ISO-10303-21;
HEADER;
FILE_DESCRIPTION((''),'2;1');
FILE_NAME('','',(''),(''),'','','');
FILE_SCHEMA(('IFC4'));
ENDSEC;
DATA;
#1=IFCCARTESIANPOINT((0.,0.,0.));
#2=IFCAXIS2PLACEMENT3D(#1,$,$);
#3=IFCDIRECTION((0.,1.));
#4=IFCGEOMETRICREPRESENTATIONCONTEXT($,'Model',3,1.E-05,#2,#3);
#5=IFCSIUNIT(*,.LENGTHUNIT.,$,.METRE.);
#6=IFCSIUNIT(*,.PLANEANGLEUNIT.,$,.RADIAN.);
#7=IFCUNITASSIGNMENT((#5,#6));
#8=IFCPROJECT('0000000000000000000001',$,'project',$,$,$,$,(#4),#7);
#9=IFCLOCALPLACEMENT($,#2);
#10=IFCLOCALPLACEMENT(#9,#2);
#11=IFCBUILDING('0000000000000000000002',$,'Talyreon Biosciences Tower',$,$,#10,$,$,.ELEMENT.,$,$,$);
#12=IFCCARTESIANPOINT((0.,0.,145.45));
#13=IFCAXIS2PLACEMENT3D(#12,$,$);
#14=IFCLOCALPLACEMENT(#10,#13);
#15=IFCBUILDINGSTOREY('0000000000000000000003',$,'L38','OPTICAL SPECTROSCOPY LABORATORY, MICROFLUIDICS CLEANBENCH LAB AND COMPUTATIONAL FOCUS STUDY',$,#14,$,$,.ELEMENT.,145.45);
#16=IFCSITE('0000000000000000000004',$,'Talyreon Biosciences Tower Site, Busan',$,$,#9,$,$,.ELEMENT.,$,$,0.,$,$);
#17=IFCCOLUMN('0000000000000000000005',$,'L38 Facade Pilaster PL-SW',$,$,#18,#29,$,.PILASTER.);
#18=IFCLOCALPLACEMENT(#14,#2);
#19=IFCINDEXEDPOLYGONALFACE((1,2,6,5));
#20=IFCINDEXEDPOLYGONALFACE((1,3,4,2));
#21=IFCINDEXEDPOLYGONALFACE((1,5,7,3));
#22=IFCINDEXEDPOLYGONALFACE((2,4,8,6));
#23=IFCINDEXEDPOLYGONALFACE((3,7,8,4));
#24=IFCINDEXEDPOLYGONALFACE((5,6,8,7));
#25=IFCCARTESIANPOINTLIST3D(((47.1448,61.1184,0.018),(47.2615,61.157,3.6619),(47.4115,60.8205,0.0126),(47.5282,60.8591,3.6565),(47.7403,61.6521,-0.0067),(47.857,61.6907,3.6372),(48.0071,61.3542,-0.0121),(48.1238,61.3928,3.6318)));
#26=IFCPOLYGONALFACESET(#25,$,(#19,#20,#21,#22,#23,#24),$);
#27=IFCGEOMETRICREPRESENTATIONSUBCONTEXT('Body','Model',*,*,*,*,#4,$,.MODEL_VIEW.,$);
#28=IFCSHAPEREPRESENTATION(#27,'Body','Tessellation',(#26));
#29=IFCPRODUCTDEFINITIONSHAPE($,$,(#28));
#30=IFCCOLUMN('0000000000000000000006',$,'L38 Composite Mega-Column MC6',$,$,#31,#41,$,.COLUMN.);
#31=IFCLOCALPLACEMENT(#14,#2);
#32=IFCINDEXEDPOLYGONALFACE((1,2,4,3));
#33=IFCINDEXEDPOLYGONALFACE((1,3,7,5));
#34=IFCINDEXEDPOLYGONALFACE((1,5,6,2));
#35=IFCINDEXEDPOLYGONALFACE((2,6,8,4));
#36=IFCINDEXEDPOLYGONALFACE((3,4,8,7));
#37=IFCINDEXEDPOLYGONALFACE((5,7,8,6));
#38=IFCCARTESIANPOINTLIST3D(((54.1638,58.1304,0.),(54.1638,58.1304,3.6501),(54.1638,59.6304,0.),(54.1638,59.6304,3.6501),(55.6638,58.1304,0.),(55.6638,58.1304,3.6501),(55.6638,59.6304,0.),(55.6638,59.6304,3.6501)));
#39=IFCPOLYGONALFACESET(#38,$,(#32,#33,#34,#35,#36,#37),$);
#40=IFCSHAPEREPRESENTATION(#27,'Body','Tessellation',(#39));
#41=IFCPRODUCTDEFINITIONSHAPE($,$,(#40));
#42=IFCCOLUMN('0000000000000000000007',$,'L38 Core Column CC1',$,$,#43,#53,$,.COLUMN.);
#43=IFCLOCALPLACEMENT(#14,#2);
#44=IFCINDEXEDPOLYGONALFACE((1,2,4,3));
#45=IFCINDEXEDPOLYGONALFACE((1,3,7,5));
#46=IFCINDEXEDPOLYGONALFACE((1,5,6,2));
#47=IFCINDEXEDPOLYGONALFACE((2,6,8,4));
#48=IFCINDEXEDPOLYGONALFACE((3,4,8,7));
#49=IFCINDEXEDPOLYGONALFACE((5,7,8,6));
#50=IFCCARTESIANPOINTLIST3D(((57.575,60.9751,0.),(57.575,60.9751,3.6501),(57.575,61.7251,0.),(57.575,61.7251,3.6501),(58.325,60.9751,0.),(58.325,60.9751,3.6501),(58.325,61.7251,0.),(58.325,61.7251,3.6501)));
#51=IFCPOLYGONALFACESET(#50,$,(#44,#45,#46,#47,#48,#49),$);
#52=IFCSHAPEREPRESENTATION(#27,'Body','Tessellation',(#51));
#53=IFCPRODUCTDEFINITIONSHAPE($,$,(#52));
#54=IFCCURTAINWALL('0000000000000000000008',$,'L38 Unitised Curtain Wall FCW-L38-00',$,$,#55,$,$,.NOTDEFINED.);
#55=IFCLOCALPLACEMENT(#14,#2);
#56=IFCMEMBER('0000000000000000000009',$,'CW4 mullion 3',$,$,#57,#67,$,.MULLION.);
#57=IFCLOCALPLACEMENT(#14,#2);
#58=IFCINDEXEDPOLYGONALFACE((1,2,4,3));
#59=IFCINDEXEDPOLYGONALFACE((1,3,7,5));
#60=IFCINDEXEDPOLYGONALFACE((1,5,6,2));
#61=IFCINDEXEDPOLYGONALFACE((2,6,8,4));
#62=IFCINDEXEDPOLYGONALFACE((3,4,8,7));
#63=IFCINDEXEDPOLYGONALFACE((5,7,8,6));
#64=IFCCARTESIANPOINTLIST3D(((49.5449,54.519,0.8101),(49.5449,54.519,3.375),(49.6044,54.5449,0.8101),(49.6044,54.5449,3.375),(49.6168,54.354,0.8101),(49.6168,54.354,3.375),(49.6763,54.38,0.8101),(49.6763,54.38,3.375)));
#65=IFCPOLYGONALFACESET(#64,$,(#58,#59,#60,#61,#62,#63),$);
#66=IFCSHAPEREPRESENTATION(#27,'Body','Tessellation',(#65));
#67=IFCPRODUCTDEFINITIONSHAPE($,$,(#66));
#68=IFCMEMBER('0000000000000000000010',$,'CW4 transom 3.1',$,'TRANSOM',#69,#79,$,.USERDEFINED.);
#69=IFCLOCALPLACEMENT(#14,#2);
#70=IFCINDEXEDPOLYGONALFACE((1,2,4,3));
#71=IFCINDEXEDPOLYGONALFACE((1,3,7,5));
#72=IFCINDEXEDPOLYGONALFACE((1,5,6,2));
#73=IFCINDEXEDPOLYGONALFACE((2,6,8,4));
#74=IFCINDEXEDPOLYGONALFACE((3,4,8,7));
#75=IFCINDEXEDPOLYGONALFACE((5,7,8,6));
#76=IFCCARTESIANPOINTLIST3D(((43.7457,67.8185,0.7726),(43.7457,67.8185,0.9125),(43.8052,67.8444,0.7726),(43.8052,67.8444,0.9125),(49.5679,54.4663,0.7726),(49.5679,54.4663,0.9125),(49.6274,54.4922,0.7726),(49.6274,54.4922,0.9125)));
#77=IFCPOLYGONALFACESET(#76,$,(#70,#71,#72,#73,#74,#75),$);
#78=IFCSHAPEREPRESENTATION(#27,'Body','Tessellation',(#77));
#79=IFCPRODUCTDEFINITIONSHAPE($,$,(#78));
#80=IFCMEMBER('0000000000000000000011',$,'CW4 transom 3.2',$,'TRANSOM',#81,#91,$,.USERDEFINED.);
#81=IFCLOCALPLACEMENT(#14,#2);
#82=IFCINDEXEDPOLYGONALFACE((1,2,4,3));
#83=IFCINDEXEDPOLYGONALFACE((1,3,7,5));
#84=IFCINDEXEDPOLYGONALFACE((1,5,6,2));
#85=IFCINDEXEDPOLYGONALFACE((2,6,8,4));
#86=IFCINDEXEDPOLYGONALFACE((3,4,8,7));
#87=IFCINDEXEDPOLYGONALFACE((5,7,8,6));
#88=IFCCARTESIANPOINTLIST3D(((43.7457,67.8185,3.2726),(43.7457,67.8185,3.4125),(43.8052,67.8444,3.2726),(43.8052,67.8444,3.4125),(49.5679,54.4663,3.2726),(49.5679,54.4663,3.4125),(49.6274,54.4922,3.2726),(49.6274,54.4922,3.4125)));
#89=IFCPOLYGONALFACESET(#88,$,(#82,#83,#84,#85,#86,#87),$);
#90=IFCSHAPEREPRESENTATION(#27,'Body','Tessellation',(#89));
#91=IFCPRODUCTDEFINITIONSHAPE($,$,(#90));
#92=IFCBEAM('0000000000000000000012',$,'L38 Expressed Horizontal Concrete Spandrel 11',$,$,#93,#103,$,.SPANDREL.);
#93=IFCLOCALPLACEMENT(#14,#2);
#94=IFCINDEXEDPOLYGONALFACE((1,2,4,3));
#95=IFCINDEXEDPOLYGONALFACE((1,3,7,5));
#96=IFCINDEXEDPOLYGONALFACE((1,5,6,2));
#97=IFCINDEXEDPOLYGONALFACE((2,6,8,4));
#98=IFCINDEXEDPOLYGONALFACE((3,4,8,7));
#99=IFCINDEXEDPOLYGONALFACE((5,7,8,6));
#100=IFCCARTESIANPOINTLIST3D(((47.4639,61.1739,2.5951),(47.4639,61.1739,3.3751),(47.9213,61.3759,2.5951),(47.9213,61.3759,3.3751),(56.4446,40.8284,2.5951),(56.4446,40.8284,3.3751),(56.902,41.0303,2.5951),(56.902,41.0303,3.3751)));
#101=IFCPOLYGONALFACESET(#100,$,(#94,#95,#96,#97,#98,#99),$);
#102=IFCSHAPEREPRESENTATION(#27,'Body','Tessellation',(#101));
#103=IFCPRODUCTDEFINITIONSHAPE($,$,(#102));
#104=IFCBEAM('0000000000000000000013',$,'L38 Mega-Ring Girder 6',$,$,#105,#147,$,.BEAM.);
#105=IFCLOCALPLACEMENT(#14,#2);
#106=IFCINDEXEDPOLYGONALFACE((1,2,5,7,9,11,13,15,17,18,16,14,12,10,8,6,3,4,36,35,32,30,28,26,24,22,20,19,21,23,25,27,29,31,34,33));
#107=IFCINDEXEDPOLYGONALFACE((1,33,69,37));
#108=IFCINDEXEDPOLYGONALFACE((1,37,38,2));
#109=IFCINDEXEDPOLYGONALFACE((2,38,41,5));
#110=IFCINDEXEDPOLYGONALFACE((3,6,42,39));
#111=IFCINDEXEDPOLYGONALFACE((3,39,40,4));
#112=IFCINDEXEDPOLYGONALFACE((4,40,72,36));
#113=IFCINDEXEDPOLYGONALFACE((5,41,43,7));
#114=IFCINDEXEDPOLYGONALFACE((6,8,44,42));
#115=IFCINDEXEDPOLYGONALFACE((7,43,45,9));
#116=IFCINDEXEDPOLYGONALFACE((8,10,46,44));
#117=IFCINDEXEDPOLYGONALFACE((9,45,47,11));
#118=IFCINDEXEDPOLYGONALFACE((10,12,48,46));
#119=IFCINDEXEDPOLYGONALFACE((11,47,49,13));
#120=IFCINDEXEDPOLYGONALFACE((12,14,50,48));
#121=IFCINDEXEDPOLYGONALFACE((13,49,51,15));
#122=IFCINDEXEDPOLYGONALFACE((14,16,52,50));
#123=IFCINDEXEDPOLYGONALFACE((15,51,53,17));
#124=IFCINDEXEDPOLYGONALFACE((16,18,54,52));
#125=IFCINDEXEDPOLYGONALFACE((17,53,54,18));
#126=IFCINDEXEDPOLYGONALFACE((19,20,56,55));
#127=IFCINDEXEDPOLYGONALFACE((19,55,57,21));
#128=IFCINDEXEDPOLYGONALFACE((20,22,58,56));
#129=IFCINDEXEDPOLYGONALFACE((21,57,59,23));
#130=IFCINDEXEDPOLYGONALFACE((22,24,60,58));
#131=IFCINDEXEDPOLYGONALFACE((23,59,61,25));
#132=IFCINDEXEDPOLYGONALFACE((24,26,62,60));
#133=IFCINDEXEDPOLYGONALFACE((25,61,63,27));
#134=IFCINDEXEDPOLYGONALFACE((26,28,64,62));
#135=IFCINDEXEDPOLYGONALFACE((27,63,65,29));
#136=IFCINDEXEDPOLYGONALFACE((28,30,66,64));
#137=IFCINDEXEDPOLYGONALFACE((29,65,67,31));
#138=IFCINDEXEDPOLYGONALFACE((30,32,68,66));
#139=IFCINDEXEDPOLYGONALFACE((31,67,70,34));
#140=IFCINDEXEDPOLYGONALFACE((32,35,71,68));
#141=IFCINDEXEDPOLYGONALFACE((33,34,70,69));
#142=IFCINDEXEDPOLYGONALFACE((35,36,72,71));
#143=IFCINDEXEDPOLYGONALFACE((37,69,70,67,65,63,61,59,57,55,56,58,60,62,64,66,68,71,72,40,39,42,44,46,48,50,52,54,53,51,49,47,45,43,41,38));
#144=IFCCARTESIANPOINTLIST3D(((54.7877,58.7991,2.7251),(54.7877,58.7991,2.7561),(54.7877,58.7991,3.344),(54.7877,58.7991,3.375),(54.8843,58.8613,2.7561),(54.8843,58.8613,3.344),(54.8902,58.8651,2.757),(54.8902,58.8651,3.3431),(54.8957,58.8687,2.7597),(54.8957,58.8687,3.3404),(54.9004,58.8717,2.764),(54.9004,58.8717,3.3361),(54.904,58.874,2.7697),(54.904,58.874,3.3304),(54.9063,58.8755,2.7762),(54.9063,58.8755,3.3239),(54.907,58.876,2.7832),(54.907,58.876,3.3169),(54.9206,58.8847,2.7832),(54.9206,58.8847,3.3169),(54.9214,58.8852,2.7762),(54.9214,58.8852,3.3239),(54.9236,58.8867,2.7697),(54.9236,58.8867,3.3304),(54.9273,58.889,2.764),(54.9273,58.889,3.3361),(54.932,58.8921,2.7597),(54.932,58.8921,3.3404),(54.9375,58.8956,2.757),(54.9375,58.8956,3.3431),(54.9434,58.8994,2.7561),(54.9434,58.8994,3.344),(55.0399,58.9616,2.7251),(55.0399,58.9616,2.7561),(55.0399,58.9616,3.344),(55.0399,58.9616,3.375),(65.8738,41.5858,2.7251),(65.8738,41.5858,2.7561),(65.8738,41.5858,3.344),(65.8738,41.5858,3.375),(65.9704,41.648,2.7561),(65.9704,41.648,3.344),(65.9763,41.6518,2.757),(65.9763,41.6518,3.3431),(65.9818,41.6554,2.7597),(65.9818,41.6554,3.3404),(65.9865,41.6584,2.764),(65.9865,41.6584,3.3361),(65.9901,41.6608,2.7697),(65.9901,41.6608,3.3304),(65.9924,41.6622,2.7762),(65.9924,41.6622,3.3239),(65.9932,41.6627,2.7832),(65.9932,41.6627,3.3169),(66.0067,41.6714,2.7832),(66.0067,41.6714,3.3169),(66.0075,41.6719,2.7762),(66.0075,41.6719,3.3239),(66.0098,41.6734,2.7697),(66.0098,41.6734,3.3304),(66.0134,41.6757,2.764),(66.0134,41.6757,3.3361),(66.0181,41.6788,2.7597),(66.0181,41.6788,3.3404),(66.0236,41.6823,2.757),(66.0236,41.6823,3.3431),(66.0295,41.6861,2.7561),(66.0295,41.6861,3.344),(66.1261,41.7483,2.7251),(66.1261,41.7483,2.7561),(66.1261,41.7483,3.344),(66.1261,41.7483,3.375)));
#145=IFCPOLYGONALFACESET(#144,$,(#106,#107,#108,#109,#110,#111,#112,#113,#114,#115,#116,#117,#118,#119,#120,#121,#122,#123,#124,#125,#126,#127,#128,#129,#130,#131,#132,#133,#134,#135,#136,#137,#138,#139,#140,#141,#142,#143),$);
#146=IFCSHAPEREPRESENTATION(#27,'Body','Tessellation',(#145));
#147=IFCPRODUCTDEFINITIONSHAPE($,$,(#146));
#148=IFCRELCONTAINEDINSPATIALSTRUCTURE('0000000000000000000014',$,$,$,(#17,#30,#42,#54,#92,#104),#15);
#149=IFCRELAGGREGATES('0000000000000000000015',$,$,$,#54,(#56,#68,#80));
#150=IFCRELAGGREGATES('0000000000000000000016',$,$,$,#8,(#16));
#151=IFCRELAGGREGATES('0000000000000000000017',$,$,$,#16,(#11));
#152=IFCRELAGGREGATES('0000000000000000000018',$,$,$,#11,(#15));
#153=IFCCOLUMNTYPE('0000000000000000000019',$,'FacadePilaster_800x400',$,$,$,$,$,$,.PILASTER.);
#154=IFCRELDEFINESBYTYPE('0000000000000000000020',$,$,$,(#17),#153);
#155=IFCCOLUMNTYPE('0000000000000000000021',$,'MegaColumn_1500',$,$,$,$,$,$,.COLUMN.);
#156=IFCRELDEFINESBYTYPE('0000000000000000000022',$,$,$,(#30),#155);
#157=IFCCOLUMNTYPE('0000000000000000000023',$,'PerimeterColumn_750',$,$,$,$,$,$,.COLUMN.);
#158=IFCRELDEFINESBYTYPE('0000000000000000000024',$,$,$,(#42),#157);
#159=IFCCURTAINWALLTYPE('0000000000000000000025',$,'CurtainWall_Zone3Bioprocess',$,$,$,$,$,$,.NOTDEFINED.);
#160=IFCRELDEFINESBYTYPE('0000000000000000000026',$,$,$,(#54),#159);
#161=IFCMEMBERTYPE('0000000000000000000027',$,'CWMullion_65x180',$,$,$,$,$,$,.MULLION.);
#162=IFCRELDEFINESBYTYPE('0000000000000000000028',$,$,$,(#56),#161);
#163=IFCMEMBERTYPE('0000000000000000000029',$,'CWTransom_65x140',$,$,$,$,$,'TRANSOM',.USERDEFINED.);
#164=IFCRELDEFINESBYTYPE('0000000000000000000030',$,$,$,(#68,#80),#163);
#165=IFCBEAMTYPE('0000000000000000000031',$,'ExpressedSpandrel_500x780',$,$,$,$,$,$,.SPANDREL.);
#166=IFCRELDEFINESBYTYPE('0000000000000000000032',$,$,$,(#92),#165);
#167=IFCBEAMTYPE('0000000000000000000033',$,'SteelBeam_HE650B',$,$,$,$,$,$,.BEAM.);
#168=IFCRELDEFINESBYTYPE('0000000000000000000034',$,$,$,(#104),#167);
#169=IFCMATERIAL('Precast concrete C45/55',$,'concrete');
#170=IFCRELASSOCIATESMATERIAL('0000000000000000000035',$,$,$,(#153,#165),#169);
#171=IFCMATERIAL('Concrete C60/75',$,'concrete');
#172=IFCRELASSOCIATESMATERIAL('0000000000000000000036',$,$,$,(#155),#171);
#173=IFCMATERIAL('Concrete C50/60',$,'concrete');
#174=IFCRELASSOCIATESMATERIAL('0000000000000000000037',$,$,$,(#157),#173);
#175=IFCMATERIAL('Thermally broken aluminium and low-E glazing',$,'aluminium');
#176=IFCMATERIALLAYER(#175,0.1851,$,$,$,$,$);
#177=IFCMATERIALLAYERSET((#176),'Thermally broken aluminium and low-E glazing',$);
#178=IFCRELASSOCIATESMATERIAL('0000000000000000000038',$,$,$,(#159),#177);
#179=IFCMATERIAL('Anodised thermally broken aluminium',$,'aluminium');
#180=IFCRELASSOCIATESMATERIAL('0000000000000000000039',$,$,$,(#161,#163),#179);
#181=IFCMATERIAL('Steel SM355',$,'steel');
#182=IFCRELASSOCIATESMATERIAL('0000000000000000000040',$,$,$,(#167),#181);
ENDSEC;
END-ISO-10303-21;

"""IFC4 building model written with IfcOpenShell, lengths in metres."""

from ifc_helpers import new_model, si_unit, direction, frame, origin, origin_2d, place, context, subcontext, project, spatial, rectangle, i_section, extrude, material, layer, layer_set, material_profile, profile_set, type_object, element, aggregate, save


model = new_model("IFC4")

# Units and contexts
model_context = context("Model", 3, precision=1e-05, world=origin(), true_north=direction((0.0, 1.0)))
body_context = subcontext(model_context, "Body", "Model", "MODEL_VIEW")
ifc_project = project(units=[si_unit("LENGTHUNIT", "METRE"), si_unit("PLANEANGLEUNIT", "RADIAN")], contexts=[model_context])

# Site, building, storey
site_placement = place(None, origin())
site = spatial("IfcSite", under=ifc_project, at=site_placement, Name="Talyreon Biosciences Tower Site, Busan", CompositionType="ELEMENT", RefElevation=0.0)
building_placement = place(site_placement, origin())
building = spatial("IfcBuilding", under=site, at=building_placement, Name="Talyreon Biosciences Tower", CompositionType="ELEMENT")
storey_placement = place(building_placement, frame((0.0, 0.0, 145.45)))
storey = spatial("IfcBuildingStorey", under=building, at=storey_placement, Name="L38", Description="OPTICAL SPECTROSCOPY LABORATORY, MICROFLUIDICS CLEANBENCH LAB AND COMPUTATIONAL FOCUS STUDY", CompositionType="ELEMENT", Elevation=145.45)

# Columns
ifc_material_1 = material(Name="Precast concrete C45/55", Category="concrete")
ifc_material_profile_1 = material_profile(ifc_material_1, rectangle(XDim=0.8, YDim=0.3999, at=origin_2d()), Name="RC 800x400")
ifc_profile_set_1 = profile_set([ifc_material_profile_1], Name="Precast concrete C45/55")
column_type_1 = type_object("IfcColumnType", Name="FacadePilaster_800x400", PredefinedType="PILASTER", material=ifc_profile_set_1)
column_1_placement = place(storey_placement, frame((47.5759, 61.2363, 0.0029), z_axis=(0.032006, 0.01058, 0.999432), x_axis=(0.744353, 0.667071, -0.030899)))
element("IfcColumn", 1, at=column_1_placement, inside=storey, type_object=column_type_1, Name="L38 Facade Pilaster PL-SW", PredefinedType="PILASTER", context=body_context, shape_type="SweptSolid", body=[
    extrude(rectangle(XDim=0.8, YDim=0.3999, at=origin_2d()), origin(), (0.0, 0.0, 1.0), 3.646),
])
ifc_material_2 = material(Name="Concrete C60/75", Category="concrete")
ifc_material_profile_2 = material_profile(ifc_material_2, rectangle(XDim=1.5, YDim=1.5, at=origin_2d()), Name="RC 1500x1500")
ifc_profile_set_2 = profile_set([ifc_material_profile_2], Name="Concrete C60/75")
column_type_2 = type_object("IfcColumnType", Name="MegaColumn_1500", PredefinedType="COLUMN", material=ifc_profile_set_2)
column_2_placement = place(storey_placement, frame((54.9138, 58.8804, 0.0), z_axis=(0.0, 0.0, 1.0), x_axis=(1.0, 0.0, 0.0)))
element("IfcColumn", 2, at=column_2_placement, inside=storey, type_object=column_type_2, Name="L38 Composite Mega-Column MC6", PredefinedType="COLUMN", context=body_context, shape_type="SweptSolid", body=[
    extrude(rectangle(XDim=1.5, YDim=1.5, at=origin_2d()), origin(), (0.0, 0.0, 1.0), 3.6501),
])
ifc_material_3 = material(Name="Concrete C50/60", Category="concrete")
ifc_material_profile_3 = material_profile(ifc_material_3, rectangle(XDim=0.75, YDim=0.75, at=origin_2d()), Name="RC 750x750")
ifc_profile_set_3 = profile_set([ifc_material_profile_3], Name="Concrete C50/60")
column_type_3 = type_object("IfcColumnType", Name="PerimeterColumn_750", PredefinedType="COLUMN", material=ifc_profile_set_3)
column_3_placement = place(storey_placement, frame((57.95, 61.3501, 0.0), z_axis=(0.0, 0.0, 1.0), x_axis=(1.0, 0.0, 0.0)))
element("IfcColumn", 3, at=column_3_placement, inside=storey, type_object=column_type_3, Name="L38 Core Column CC1", PredefinedType="COLUMN", context=body_context, shape_type="SweptSolid", body=[
    extrude(rectangle(XDim=0.75, YDim=0.75, at=origin_2d()), origin(), (0.0, 0.0, 1.0), 3.6501),
])

# Curtain wall, members
ifc_material_4 = material(Name="Thermally broken aluminium and low-E glazing", Category="aluminium")
ifc_layer_1 = layer(ifc_material_4, 0.1851)
ifc_layer_set_1 = layer_set([ifc_layer_1], Name="Thermally broken aluminium and low-E glazing")
curtain_wall_type = type_object("IfcCurtainWallType", Name="CurtainWall_Zone3Bioprocess", PredefinedType="NOTDEFINED", material=ifc_layer_set_1)
curtain_wall_placement = place(storey_placement, origin())
curtain_wall = element("IfcCurtainWall", 4, at=curtain_wall_placement, inside=storey, type_object=curtain_wall_type, Name="L38 Unitised Curtain Wall FCW-L38-00", PredefinedType="NOTDEFINED")
ifc_material_5 = material(Name="Anodised thermally broken aluminium", Category="aluminium")
ifc_material_profile_4 = material_profile(ifc_material_5, rectangle(XDim=0.0649, YDim=0.1799, at=origin_2d()), Name="ALUM MULLION 65x180")
ifc_profile_set_4 = profile_set([ifc_material_profile_4], Name="Anodised thermally broken aluminium")
member_type_1 = type_object("IfcMemberType", Name="CWMullion_65x180", PredefinedType="MULLION", material=ifc_profile_set_4)
member_1_placement = place(storey_placement, frame((49.6106, 54.4495, 0.8101), z_axis=(0.0, 0.0, 1.0), x_axis=(-0.916647, -0.399698, 0.0)))
member_1 = element("IfcMember", 5, at=member_1_placement, type_object=member_type_1, Name="CW4 mullion 3", PredefinedType="MULLION", context=body_context, shape_type="SweptSolid", body=[
    extrude(rectangle(XDim=0.0649, YDim=0.1799, at=origin_2d()), origin(), (0.0, 0.0, 1.0), 2.5649),
])
ifc_material_profile_5 = material_profile(ifc_material_5, rectangle(XDim=0.0649, YDim=0.1399, at=origin_2d()), Name="ALUM TRANSOM 65x140")
ifc_profile_set_5 = profile_set([ifc_material_profile_5], Name="Anodised thermally broken aluminium")
member_type_2 = type_object("IfcMemberType", Name="CWTransom_65x140", ElementType="TRANSOM", PredefinedType="USERDEFINED", material=ifc_profile_set_5)
member_2_placement = place(storey_placement, frame((49.5977, 54.4792, 0.8425), z_axis=(-0.399703, 0.916645, 0.0), x_axis=(-0.916645, -0.399703, 0.0)))
member_2 = element("IfcMember", 6, at=member_2_placement, type_object=member_type_2, Name="CW4 transom 3.1", ObjectType="TRANSOM", PredefinedType="USERDEFINED", context=body_context, shape_type="SweptSolid", body=[
    extrude(rectangle(XDim=0.0649, YDim=0.1399, at=origin_2d()), origin(), (0.0, 0.0, 1.0), 14.5664),
])
member_3_placement = place(storey_placement, frame((49.5977, 54.4792, 3.3425), z_axis=(-0.399703, 0.916645, 0.0), x_axis=(-0.916645, -0.399703, 0.0)))
member_3 = element("IfcMember", 7, at=member_3_placement, type_object=member_type_2, Name="CW4 transom 3.2", ObjectType="TRANSOM", PredefinedType="USERDEFINED", context=body_context, shape_type="SweptSolid", body=[
    extrude(rectangle(XDim=0.0649, YDim=0.1399, at=origin_2d()), origin(), (0.0, 0.0, 1.0), 14.5664),
])

# Beams
ifc_material_profile_6 = material_profile(ifc_material_1, rectangle(XDim=0.5, YDim=0.78, at=origin_2d()), Name="RCB 500x780")
ifc_profile_set_6 = profile_set([ifc_material_profile_6], Name="Precast concrete C45/55")
beam_type_1 = type_object("IfcBeamType", Name="ExpressedSpandrel_500x780", PredefinedType="SPANDREL", material=ifc_profile_set_6)
beam_1_placement = place(storey_placement, frame((47.6926, 61.2749, 2.9851), z_axis=(0.403816, -0.91484, 0.0), x_axis=(0.91484, 0.403816, 0.0)))
element("IfcBeam", 8, at=beam_1_placement, inside=storey, type_object=beam_type_1, Name="L38 Expressed Horizontal Concrete Spandrel 11", PredefinedType="SPANDREL", context=body_context, shape_type="SweptSolid", body=[
    extrude(rectangle(XDim=0.5, YDim=0.78, at=origin_2d()), origin(), (0.0, 0.0, 1.0), 22.2395),
])
ifc_material_6 = material(Name="Steel SM355", Category="steel")
ifc_material_profile_7 = material_profile(ifc_material_6, i_section(OverallWidth=0.3, OverallDepth=0.6499, WebThickness=0.0161, FlangeThickness=0.031, FilletRadius=0.0271, at=origin_2d()), Name="HE650B")
ifc_profile_set_7 = profile_set([ifc_material_profile_7], Name="Steel SM355")
beam_type_2 = type_object("IfcBeamType", Name="SteelBeam_HE650B", PredefinedType="BEAM", material=ifc_profile_set_7)
beam_2_placement = place(storey_placement, frame((54.9138, 58.8804, 3.05), z_axis=(0.541464, -0.840724, 0.0), x_axis=(0.840724, 0.541464, 0.0)))
element("IfcBeam", 9, at=beam_2_placement, inside=storey, type_object=beam_type_2, Name="L38 Mega-Ring Girder 6", PredefinedType="BEAM", context=body_context, shape_type="SweptSolid", body=[
    extrude(i_section(OverallWidth=0.3, OverallDepth=0.6499, WebThickness=0.0161, FlangeThickness=0.031, FilletRadius=0.0271, at=origin_2d()), origin(), (0.0, 0.0, 1.0), 20.4744),
])

aggregate(curtain_wall, [member_1, member_2, member_3])

save(model, "model.ifc")
